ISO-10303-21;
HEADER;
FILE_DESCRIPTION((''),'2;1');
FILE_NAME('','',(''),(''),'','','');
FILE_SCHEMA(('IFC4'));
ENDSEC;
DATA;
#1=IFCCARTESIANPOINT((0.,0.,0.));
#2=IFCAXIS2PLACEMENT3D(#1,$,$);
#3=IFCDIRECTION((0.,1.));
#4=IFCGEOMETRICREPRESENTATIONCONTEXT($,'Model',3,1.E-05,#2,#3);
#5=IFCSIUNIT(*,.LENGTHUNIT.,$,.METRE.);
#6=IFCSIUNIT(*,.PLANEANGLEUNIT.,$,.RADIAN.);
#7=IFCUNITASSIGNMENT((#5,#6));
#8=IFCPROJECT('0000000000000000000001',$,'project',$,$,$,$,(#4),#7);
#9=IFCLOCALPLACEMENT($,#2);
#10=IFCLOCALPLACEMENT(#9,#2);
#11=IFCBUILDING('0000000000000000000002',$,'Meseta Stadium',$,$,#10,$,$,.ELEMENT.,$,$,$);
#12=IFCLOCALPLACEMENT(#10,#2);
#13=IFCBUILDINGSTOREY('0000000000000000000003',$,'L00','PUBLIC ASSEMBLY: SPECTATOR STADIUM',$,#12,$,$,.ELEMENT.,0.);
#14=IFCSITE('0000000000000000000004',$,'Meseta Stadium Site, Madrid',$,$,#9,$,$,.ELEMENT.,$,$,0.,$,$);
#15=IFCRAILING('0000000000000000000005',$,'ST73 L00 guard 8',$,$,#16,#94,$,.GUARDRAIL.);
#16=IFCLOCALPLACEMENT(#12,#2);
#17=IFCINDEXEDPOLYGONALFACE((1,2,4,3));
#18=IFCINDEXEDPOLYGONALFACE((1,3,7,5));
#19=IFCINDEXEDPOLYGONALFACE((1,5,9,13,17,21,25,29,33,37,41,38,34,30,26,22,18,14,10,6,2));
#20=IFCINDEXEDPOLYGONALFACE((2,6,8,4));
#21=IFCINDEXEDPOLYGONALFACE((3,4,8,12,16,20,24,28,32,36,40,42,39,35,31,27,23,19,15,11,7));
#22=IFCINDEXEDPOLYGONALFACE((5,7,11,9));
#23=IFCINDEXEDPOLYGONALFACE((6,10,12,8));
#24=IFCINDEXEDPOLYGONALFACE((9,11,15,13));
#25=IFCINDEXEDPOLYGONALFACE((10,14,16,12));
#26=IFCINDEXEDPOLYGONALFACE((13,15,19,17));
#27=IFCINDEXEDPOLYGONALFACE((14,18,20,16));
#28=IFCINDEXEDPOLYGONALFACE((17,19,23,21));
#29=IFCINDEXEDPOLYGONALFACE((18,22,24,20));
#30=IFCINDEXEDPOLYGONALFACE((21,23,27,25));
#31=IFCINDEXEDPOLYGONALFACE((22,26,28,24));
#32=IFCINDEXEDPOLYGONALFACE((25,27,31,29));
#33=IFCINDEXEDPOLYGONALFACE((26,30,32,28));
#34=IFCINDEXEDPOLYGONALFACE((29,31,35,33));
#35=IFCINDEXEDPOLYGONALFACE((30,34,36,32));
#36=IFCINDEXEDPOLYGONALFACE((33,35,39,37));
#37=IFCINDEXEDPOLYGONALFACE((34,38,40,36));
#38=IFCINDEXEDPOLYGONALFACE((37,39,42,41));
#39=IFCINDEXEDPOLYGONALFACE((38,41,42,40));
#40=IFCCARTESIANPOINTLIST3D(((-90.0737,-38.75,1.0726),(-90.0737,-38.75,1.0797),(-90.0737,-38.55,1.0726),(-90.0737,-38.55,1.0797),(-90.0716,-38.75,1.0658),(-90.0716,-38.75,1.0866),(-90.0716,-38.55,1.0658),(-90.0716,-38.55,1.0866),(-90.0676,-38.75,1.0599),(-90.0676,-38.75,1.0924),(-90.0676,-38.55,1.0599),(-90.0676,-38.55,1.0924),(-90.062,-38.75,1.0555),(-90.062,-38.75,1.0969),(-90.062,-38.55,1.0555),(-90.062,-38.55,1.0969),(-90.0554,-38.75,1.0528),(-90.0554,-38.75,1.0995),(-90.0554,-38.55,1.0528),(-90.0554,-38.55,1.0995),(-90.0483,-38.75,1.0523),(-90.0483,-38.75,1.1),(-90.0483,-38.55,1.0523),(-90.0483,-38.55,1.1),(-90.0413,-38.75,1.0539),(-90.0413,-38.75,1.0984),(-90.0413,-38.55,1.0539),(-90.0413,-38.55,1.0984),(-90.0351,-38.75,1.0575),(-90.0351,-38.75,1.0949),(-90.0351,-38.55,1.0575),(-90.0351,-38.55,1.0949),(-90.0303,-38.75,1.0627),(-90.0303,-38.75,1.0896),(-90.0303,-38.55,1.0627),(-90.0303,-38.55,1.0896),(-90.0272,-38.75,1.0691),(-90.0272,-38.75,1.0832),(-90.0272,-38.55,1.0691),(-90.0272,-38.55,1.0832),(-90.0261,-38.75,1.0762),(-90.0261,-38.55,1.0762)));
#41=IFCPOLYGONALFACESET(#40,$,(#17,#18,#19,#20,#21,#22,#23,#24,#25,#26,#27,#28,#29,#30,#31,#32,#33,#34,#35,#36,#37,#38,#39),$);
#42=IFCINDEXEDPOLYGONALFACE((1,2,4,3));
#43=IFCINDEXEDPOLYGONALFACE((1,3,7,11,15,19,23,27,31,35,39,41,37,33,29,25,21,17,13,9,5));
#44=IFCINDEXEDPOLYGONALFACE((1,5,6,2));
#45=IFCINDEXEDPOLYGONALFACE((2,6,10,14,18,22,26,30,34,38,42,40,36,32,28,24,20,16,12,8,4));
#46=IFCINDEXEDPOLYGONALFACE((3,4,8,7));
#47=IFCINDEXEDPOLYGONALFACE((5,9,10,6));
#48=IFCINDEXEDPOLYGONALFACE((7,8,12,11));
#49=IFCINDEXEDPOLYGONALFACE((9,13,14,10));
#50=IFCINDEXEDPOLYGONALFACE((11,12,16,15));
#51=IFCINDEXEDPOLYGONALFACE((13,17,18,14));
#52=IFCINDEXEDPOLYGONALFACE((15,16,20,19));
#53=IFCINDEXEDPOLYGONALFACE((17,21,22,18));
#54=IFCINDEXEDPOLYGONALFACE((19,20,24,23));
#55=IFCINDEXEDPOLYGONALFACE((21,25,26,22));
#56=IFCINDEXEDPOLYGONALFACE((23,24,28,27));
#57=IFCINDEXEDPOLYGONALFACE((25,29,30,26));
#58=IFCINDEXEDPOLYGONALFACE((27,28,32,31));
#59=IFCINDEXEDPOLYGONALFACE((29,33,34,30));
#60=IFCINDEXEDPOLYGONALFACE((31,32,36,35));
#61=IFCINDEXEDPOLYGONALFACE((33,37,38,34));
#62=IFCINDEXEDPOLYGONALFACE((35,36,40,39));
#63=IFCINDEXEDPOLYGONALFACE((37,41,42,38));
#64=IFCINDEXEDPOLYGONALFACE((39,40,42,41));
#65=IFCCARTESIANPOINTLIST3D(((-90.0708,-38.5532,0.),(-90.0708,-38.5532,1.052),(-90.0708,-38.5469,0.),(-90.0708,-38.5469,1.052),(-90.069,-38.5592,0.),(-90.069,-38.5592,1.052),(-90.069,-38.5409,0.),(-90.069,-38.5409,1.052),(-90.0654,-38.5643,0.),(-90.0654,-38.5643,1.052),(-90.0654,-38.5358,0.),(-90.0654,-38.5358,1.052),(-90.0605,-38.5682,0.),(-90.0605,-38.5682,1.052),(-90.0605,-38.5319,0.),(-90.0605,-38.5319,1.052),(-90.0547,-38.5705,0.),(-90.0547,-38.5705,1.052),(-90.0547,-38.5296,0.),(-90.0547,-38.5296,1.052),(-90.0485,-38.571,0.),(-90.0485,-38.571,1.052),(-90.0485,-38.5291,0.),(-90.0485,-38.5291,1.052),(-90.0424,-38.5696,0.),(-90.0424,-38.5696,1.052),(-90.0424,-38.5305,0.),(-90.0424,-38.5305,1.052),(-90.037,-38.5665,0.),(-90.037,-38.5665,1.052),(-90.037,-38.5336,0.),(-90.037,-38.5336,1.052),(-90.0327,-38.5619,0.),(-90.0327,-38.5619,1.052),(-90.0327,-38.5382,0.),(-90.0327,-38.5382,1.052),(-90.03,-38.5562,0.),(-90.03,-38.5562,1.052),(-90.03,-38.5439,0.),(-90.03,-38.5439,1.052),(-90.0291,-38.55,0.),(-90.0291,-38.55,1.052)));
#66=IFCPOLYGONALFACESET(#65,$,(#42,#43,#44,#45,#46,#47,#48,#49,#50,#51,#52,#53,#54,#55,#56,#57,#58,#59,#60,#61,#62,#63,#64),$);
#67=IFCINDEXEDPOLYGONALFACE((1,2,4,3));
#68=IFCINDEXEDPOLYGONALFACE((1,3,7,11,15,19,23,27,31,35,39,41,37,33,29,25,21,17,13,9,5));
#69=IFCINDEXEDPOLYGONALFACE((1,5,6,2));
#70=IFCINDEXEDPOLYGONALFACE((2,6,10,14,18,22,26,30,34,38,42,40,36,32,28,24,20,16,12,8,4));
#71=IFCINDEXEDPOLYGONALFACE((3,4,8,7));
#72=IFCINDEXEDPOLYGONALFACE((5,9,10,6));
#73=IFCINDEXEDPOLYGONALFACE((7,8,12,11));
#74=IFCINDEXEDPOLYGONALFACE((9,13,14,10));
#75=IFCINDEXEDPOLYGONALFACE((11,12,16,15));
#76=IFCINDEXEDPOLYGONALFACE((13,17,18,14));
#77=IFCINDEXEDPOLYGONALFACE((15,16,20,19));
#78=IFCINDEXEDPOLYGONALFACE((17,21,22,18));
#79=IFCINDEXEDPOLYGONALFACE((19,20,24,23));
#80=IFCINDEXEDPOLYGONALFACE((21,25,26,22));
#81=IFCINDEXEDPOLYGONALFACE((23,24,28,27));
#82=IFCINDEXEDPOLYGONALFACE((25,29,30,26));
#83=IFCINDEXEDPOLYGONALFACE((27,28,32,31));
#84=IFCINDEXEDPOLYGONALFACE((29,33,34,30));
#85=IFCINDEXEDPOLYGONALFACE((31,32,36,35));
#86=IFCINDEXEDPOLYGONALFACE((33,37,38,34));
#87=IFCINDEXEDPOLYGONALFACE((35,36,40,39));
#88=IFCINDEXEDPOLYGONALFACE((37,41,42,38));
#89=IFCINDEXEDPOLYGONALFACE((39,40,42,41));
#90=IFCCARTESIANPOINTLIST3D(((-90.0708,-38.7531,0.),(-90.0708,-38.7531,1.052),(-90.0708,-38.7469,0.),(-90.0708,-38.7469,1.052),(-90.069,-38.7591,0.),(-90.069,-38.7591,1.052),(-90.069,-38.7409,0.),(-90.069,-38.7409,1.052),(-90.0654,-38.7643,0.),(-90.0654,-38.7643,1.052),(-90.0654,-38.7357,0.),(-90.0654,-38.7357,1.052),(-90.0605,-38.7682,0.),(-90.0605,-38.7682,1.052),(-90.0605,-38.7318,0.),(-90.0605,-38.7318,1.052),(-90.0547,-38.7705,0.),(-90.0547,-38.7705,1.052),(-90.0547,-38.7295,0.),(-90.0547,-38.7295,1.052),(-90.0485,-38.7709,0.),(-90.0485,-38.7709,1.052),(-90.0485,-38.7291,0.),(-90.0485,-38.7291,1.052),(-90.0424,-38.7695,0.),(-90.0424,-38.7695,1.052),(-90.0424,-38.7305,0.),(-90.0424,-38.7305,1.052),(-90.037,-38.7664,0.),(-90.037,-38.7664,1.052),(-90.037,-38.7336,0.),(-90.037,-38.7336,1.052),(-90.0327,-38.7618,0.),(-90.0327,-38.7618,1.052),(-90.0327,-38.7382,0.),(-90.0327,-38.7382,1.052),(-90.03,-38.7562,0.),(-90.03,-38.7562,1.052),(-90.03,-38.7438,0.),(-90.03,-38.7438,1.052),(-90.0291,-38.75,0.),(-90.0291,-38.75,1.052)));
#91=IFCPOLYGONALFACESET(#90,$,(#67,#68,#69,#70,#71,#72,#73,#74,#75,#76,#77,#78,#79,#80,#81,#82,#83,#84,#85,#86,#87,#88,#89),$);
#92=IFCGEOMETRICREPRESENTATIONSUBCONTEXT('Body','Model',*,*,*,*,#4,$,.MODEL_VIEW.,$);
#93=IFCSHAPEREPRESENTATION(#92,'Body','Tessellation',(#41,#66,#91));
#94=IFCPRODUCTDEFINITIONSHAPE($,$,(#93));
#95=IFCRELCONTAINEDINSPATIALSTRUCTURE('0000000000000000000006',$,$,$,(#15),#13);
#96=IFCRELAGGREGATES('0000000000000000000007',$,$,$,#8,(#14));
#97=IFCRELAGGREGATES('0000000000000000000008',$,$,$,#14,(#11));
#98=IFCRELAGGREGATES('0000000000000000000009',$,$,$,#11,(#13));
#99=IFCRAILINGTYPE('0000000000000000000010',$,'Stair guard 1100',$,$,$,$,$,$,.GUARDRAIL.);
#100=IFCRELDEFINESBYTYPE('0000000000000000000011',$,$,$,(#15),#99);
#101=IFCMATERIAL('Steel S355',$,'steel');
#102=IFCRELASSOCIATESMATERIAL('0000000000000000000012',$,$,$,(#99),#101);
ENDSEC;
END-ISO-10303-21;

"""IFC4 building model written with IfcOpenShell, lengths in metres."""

from ifc_helpers import new_model, si_unit, direction, frame, origin, origin_2d, place, context, subcontext, project, spatial, circle, extrude, material, type_object, element, save


model = new_model("IFC4")

# Units and contexts
model_context = context("Model", 3, precision=1e-05, world=origin(), true_north=direction((0.0, 1.0)))
body_context = subcontext(model_context, "Body", "Model", "MODEL_VIEW")
ifc_project = project(units=[si_unit("LENGTHUNIT", "METRE"), si_unit("PLANEANGLEUNIT", "RADIAN")], contexts=[model_context])

# Site, building, storey
site_placement = place(None, origin())
site = spatial("IfcSite", under=ifc_project, at=site_placement, Name="Meseta Stadium Site, Madrid", CompositionType="ELEMENT", RefElevation=0.0)
building_placement = place(site_placement, origin())
building = spatial("IfcBuilding", under=site, at=building_placement, Name="Meseta Stadium", CompositionType="ELEMENT")
storey_placement = place(building_placement, origin())
storey = spatial("IfcBuildingStorey", under=building, at=storey_placement, Name="L00", Description="PUBLIC ASSEMBLY: SPECTATOR STADIUM", CompositionType="ELEMENT", Elevation=0.0)

# Railing
ifc_material_1 = material(Name="Steel S355", Category="steel")
railing_type_1 = type_object("IfcRailingType", Name="Stair guard 1100", PredefinedType="GUARDRAIL", material=ifc_material_1)
railing_1_placement = place(storey_placement, frame((-90.05, -38.55, 0.0)))
element("IfcRailing", 1, at=railing_1_placement, inside=storey, type_object=railing_type_1, Name="ST73 L00 guard 8", PredefinedType="GUARDRAIL", context=body_context, shape_type="SweptSolid", body=[
    extrude(circle(Radius=0.0239, at=origin_2d()), frame((0.0, 0.0, 1.0762), z_axis=(0.0, -1.0, 0.0), x_axis=(1.0, 0.0, 0.0)), (0.0, 0.0, 1.0), 0.2),
    extrude(circle(Radius=0.021, at=origin_2d()), origin(), (0.0, 0.0, 1.0), 1.052),
    extrude(circle(Radius=0.021, at=origin_2d()), frame((0.0, -0.2, 0.0)), (0.0, 0.0, 1.0), 1.052),
])

save(model, "model.ifc")
